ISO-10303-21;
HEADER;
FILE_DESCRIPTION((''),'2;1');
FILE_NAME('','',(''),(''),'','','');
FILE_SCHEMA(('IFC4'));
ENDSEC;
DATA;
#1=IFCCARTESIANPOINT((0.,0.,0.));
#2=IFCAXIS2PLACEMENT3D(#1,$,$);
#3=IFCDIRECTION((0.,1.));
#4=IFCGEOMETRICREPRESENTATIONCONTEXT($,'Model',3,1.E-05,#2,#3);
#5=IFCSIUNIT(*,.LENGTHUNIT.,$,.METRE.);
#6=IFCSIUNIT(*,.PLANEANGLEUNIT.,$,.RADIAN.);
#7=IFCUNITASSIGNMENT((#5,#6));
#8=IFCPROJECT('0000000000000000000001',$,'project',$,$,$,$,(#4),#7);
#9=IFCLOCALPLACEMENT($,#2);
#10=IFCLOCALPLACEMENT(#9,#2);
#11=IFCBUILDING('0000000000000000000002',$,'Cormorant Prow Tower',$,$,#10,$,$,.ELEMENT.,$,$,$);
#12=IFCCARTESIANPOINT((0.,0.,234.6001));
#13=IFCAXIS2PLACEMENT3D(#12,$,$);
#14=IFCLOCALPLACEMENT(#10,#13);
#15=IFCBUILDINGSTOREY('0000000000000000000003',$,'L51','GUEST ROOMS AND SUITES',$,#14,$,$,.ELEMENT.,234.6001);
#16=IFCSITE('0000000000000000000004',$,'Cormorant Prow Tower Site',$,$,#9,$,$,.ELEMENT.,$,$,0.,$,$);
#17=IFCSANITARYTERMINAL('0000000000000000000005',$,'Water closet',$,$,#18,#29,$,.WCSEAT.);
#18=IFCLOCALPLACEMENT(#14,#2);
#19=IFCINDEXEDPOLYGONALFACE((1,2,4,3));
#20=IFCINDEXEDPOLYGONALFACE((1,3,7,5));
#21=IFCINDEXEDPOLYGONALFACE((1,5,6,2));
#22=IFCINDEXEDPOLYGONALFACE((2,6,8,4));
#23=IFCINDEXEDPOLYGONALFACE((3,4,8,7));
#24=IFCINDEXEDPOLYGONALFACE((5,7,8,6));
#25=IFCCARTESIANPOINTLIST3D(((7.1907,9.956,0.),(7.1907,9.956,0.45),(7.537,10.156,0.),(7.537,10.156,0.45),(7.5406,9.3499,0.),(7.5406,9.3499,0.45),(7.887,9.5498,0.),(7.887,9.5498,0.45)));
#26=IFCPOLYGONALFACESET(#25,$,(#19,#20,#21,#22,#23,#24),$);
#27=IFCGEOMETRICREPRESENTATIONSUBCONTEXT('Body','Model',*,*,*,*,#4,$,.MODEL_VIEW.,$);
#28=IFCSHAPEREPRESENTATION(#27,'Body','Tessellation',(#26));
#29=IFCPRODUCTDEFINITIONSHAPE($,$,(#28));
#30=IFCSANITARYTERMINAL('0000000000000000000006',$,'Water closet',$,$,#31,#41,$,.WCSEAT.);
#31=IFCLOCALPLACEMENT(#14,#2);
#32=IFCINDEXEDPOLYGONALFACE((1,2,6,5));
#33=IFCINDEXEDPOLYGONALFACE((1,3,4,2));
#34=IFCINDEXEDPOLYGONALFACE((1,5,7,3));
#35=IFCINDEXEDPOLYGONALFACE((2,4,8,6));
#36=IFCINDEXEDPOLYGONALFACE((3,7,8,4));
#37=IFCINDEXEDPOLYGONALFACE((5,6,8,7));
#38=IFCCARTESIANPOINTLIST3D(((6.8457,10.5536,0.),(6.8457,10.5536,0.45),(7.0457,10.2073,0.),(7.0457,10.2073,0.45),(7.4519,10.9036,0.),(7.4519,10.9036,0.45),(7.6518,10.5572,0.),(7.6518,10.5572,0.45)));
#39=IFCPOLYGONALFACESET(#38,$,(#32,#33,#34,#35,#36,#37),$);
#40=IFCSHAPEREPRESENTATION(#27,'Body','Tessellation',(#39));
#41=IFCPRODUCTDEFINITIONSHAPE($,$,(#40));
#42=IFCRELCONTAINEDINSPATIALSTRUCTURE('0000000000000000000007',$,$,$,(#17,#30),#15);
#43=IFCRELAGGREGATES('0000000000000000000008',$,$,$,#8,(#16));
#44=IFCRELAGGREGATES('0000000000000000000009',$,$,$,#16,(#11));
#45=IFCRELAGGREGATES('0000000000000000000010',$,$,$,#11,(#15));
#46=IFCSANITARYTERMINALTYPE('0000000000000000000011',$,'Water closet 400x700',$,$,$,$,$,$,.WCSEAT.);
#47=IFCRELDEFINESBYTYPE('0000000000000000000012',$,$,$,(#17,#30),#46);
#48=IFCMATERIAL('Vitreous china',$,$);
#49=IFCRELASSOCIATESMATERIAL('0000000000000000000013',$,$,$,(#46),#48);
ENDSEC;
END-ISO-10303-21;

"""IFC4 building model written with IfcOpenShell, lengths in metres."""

from ifc_helpers import new_model, si_unit, direction, frame, origin, origin_2d, place, context, subcontext, project, spatial, rectangle, extrude, material, type_object, element, save


model = new_model("IFC4")

# Units and contexts
model_context = context("Model", 3, precision=1e-05, world=origin(), true_north=direction((0.0, 1.0)))
body_context = subcontext(model_context, "Body", "Model", "MODEL_VIEW")
ifc_project = project(units=[si_unit("LENGTHUNIT", "METRE"), si_unit("PLANEANGLEUNIT", "RADIAN")], contexts=[model_context])

# Site, building, storey
site_placement = place(None, origin())
site = spatial("IfcSite", under=ifc_project, at=site_placement, Name="Cormorant Prow Tower Site", CompositionType="ELEMENT", RefElevation=0.0)
building_placement = place(site_placement, origin())
building = spatial("IfcBuilding", under=site, at=building_placement, Name="Cormorant Prow Tower", CompositionType="ELEMENT")
storey_placement = place(building_placement, frame((0.0, 0.0, 234.6001)))
storey = spatial("IfcBuildingStorey", under=building, at=storey_placement, Name="L51", Description="GUEST ROOMS AND SUITES", CompositionType="ELEMENT", Elevation=234.6001)

# Sanitary terminals
ifc_material_1 = material(Name="Vitreous china")
sanitary_terminal_type_1 = type_object("IfcSanitaryTerminalType", Name="Water closet 400x700", PredefinedType="WCSEAT", material=ifc_material_1)
for number, where, z_axis, x_axis, name in (
    (1, (7.5388, 9.7529, 0.0), (0.0, 0.0, 1.0), (0.866025, 0.5, 0.0), "Water closet"),
    (2, (7.2488, 10.5554, 0.0), (0.0, 0.0, 1.0), (-0.5, 0.866025, 0.0), "Water closet"),
):
    element("IfcSanitaryTerminal", number, at=place(storey_placement, frame(where, z_axis=z_axis, x_axis=x_axis)), inside=storey, type_object=sanitary_terminal_type_1, Name=name, PredefinedType="WCSEAT", context=body_context, shape_type="SweptSolid", body=[
        extrude(rectangle(XDim=0.3999, YDim=0.7, at=origin_2d()), origin(), (0.0, 0.0, 1.0), 0.45),
    ])

save(model, "model.ifc")
